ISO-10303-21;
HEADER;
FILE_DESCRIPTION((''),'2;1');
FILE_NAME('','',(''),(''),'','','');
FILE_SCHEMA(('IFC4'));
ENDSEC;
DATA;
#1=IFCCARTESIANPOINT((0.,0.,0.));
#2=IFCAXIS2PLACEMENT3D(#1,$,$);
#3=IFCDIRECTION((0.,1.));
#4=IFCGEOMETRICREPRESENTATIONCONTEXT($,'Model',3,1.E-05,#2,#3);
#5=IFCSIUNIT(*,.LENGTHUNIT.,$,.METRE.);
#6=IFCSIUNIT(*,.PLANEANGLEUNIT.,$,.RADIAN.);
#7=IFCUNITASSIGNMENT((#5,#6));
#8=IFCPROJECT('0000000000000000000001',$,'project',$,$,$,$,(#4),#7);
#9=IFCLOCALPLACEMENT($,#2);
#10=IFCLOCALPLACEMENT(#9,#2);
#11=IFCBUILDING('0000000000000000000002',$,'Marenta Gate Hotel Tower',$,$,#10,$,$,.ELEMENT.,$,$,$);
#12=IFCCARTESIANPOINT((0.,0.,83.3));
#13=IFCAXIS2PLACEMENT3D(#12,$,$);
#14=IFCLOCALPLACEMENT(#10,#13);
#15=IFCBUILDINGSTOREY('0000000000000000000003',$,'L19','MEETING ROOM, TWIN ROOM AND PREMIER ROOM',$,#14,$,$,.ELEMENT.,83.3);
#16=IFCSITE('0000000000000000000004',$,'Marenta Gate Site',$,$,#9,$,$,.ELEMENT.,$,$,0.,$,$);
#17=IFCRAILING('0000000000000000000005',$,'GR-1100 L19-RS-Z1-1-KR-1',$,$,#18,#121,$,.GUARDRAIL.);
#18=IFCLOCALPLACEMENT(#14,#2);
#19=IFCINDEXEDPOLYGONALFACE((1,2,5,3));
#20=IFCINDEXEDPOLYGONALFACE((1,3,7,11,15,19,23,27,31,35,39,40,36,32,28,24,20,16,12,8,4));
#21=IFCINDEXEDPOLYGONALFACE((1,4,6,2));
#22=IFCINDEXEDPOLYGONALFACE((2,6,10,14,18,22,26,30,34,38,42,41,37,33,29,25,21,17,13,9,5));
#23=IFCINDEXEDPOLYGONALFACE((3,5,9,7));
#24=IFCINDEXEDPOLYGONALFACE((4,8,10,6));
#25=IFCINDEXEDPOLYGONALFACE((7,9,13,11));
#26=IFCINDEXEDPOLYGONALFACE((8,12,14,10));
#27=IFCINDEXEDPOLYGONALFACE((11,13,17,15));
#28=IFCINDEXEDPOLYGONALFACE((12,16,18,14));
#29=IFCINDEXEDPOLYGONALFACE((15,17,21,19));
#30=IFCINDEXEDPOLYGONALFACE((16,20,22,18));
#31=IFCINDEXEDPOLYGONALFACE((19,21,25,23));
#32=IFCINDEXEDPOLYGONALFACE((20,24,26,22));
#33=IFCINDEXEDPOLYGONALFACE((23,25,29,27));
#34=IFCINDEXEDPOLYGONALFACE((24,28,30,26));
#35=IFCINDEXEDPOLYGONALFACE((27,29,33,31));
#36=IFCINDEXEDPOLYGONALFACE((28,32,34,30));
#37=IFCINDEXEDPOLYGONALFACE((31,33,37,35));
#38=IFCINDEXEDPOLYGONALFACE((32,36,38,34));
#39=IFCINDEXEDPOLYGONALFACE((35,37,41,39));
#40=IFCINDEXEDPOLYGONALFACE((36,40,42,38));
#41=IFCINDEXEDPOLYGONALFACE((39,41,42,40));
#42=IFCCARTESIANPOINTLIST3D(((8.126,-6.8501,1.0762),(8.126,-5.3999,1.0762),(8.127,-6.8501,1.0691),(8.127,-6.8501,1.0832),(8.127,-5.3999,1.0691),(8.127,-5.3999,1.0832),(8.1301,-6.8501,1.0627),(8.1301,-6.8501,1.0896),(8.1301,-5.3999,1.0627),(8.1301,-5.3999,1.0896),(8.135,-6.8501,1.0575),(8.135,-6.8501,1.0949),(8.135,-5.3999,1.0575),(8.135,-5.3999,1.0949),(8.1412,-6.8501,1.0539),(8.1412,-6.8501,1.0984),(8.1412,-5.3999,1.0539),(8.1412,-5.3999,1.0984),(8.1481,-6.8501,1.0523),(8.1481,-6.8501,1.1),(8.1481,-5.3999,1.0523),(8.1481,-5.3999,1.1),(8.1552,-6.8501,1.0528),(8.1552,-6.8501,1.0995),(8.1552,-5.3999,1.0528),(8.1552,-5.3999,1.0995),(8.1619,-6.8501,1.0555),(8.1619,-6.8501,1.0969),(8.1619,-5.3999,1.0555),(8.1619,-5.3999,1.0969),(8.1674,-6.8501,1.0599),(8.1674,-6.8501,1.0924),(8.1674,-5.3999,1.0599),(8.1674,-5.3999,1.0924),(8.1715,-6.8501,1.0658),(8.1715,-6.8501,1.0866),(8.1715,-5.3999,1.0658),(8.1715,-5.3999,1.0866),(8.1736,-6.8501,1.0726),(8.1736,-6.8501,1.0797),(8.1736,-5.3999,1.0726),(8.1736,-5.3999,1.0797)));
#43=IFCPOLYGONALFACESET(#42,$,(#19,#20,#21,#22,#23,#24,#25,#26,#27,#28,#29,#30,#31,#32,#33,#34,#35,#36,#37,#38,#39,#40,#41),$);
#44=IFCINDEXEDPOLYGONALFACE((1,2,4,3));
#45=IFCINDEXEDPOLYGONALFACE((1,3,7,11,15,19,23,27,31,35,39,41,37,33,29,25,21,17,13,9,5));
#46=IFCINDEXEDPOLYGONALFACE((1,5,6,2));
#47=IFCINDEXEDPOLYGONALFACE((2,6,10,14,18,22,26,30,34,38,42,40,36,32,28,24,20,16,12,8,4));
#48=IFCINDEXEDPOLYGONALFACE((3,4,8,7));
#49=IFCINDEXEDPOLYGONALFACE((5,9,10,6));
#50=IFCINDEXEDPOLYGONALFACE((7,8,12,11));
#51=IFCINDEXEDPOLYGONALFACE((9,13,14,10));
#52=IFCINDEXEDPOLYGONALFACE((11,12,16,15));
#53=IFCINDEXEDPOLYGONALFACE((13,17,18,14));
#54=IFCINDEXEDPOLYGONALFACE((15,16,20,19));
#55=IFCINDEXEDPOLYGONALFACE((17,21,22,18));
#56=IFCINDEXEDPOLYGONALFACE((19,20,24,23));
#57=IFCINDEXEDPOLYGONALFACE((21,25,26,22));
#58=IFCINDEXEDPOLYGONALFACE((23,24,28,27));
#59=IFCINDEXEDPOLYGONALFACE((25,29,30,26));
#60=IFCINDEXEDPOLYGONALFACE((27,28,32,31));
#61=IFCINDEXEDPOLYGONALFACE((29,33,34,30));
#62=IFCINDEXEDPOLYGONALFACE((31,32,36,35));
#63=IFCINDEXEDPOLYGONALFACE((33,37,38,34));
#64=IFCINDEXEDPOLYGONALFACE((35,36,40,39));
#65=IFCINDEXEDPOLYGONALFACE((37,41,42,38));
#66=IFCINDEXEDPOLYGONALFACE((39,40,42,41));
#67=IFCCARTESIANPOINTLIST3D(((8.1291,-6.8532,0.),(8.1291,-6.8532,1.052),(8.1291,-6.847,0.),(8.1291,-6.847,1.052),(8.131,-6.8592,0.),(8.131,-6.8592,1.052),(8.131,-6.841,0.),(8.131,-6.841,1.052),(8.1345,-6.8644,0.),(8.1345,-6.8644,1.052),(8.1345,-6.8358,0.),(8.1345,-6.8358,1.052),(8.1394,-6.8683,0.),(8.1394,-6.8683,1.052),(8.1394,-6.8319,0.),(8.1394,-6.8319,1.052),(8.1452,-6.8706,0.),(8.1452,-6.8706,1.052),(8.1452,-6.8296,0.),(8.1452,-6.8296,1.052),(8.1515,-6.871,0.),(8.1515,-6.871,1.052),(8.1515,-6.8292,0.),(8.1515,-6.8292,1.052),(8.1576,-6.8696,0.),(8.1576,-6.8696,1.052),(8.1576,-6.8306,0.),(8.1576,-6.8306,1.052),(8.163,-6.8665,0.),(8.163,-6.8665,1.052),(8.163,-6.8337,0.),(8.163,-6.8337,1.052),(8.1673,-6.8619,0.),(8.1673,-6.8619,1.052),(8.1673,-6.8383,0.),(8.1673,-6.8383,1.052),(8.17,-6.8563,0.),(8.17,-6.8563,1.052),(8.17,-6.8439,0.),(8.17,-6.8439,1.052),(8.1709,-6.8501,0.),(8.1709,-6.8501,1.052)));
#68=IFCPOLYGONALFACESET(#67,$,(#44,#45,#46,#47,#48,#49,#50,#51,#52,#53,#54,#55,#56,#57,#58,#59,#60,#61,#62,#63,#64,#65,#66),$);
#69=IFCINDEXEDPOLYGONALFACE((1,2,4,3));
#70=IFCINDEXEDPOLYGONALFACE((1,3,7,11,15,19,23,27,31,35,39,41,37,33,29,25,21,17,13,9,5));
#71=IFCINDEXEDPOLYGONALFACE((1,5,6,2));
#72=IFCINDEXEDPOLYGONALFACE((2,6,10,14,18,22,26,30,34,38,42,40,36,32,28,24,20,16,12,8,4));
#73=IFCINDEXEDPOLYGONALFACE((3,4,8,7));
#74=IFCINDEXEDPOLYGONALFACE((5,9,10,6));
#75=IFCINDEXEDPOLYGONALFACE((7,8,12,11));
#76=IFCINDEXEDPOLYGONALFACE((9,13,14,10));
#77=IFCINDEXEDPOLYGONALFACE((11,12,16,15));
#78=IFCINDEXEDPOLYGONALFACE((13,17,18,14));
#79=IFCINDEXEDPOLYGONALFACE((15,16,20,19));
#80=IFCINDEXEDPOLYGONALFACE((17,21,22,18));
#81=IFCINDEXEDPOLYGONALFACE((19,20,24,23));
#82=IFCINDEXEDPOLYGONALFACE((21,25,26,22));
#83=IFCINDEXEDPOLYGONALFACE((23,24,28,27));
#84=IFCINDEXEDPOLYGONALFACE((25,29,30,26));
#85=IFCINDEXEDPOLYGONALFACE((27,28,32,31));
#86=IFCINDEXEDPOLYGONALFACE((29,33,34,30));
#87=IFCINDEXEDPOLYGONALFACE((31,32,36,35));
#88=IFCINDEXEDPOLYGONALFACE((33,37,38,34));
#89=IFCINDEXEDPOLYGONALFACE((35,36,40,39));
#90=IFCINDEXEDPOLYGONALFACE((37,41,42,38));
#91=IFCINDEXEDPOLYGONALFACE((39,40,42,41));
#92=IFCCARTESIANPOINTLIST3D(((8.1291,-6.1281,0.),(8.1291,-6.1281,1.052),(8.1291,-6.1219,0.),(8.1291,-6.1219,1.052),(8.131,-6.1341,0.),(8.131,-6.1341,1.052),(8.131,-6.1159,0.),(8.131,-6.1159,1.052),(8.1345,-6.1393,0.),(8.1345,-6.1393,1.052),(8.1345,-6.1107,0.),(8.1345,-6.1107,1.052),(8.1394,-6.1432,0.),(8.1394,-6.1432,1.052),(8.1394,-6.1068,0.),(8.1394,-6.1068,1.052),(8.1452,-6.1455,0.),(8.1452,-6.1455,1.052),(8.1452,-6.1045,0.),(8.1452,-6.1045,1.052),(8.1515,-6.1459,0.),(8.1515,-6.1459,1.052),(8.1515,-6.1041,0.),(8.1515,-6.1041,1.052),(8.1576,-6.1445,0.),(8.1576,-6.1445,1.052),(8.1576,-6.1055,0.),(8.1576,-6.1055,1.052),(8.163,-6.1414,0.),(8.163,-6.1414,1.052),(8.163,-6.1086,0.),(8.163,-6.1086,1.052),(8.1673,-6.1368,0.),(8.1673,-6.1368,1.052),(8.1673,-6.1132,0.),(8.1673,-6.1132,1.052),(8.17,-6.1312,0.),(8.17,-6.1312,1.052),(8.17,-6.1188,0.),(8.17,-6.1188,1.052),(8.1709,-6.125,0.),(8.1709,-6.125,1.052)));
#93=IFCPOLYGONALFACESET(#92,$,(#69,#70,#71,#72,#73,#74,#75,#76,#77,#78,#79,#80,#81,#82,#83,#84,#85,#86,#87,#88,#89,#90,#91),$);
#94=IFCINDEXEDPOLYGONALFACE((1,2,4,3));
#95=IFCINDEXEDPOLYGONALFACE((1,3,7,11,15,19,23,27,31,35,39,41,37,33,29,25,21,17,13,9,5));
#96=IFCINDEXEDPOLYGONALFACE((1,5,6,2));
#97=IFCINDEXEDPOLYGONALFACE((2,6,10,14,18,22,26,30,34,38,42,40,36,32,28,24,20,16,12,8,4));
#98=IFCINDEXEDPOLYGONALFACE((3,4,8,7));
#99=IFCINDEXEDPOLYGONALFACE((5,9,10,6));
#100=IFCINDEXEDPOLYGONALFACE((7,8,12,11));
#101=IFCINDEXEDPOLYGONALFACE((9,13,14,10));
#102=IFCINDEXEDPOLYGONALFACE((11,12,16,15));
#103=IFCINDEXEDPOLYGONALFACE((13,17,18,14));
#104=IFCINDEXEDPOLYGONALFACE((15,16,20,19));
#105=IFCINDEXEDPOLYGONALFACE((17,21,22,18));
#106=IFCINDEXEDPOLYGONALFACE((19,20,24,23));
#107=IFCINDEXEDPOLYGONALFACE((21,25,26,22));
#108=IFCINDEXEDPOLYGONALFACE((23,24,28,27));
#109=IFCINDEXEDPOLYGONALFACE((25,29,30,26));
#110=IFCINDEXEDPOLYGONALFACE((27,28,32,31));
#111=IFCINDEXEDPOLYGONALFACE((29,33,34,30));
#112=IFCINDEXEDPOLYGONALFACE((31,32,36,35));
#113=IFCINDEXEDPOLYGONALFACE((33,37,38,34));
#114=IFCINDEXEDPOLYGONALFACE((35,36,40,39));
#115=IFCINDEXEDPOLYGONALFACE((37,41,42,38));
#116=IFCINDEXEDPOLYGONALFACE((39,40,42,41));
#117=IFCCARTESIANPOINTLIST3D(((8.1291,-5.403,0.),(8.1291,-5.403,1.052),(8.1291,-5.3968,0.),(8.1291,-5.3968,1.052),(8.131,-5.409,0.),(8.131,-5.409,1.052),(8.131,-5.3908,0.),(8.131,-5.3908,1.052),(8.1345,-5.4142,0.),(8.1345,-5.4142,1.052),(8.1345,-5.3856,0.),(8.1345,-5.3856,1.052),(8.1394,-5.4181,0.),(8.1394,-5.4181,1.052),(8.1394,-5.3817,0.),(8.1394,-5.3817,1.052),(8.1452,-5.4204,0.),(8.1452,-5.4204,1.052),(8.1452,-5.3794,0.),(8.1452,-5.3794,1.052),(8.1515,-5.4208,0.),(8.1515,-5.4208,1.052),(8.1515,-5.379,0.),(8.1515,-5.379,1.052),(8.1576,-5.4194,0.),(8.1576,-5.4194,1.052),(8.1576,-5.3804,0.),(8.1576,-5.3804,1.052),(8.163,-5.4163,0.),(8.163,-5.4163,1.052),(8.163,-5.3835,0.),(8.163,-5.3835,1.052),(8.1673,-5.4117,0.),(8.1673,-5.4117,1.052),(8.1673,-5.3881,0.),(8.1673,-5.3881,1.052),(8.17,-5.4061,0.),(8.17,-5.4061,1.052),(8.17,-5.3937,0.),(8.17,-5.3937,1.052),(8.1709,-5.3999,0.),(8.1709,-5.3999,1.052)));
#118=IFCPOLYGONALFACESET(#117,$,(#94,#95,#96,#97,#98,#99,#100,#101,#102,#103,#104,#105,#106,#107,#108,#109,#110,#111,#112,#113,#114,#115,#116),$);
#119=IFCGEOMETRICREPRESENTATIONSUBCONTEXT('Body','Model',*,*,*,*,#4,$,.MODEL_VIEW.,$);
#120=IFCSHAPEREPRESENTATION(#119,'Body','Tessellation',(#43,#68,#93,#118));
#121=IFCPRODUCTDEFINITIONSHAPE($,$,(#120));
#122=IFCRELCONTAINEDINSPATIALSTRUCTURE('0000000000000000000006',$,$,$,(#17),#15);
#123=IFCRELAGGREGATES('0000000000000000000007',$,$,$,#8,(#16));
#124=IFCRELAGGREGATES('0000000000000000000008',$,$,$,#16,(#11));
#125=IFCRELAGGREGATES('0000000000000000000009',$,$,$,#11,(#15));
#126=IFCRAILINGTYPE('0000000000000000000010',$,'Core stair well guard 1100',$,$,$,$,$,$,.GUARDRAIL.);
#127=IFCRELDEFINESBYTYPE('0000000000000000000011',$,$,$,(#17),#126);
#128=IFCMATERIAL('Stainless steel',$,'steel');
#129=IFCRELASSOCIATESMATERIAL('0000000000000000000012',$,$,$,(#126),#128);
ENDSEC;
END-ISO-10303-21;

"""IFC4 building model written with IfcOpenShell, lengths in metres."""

from ifc_helpers import new_model, si_unit, direction, frame, origin, origin_2d, place, context, subcontext, project, spatial, circle, extrude, material, type_object, element, save


model = new_model("IFC4")

# Units and contexts
model_context = context("Model", 3, precision=1e-05, world=origin(), true_north=direction((0.0, 1.0)))
body_context = subcontext(model_context, "Body", "Model", "MODEL_VIEW")
ifc_project = project(units=[si_unit("LENGTHUNIT", "METRE"), si_unit("PLANEANGLEUNIT", "RADIAN")], contexts=[model_context])

# Site, building, storey
site_placement = place(None, origin())
site = spatial("IfcSite", under=ifc_project, at=site_placement, Name="Marenta Gate Site", CompositionType="ELEMENT", RefElevation=0.0)
building_placement = place(site_placement, origin())
building = spatial("IfcBuilding", under=site, at=building_placement, Name="Marenta Gate Hotel Tower", CompositionType="ELEMENT")
storey_placement = place(building_placement, frame((0.0, 0.0, 83.3)))
storey = spatial("IfcBuildingStorey", under=building, at=storey_placement, Name="L19", Description="MEETING ROOM, TWIN ROOM AND PREMIER ROOM", CompositionType="ELEMENT", Elevation=83.3)

# Railing
ifc_material_1 = material(Name="Stainless steel", Category="steel")
railing_type = type_object("IfcRailingType", Name="Core stair well guard 1100", PredefinedType="GUARDRAIL", material=ifc_material_1)
railing_placement = place(storey_placement, frame((8.1499, -6.8501, 0.0)))
element("IfcRailing", 1, at=railing_placement, inside=storey, type_object=railing_type, Name="GR-1100 L19-RS-Z1-1-KR-1", PredefinedType="GUARDRAIL", context=body_context, shape_type="SweptSolid", body=[
    extrude(circle(Radius=0.0239, at=origin_2d()), frame((0.0, 0.0, 1.0762), z_axis=(0.0, 1.0, 0.0), x_axis=(-1.0, 0.0, 0.0)), (0.0, 0.0, 1.0), 1.4502),
    extrude(circle(Radius=0.021, at=origin_2d()), origin(), (0.0, 0.0, 1.0), 1.052),
    extrude(circle(Radius=0.021, at=origin_2d()), frame((0.0, 0.7251, 0.0)), (0.0, 0.0, 1.0), 1.052),
    extrude(circle(Radius=0.021, at=origin_2d()), frame((0.0, 1.4502, 0.0)), (0.0, 0.0, 1.0), 1.052),
])

save(model, "model.ifc")
